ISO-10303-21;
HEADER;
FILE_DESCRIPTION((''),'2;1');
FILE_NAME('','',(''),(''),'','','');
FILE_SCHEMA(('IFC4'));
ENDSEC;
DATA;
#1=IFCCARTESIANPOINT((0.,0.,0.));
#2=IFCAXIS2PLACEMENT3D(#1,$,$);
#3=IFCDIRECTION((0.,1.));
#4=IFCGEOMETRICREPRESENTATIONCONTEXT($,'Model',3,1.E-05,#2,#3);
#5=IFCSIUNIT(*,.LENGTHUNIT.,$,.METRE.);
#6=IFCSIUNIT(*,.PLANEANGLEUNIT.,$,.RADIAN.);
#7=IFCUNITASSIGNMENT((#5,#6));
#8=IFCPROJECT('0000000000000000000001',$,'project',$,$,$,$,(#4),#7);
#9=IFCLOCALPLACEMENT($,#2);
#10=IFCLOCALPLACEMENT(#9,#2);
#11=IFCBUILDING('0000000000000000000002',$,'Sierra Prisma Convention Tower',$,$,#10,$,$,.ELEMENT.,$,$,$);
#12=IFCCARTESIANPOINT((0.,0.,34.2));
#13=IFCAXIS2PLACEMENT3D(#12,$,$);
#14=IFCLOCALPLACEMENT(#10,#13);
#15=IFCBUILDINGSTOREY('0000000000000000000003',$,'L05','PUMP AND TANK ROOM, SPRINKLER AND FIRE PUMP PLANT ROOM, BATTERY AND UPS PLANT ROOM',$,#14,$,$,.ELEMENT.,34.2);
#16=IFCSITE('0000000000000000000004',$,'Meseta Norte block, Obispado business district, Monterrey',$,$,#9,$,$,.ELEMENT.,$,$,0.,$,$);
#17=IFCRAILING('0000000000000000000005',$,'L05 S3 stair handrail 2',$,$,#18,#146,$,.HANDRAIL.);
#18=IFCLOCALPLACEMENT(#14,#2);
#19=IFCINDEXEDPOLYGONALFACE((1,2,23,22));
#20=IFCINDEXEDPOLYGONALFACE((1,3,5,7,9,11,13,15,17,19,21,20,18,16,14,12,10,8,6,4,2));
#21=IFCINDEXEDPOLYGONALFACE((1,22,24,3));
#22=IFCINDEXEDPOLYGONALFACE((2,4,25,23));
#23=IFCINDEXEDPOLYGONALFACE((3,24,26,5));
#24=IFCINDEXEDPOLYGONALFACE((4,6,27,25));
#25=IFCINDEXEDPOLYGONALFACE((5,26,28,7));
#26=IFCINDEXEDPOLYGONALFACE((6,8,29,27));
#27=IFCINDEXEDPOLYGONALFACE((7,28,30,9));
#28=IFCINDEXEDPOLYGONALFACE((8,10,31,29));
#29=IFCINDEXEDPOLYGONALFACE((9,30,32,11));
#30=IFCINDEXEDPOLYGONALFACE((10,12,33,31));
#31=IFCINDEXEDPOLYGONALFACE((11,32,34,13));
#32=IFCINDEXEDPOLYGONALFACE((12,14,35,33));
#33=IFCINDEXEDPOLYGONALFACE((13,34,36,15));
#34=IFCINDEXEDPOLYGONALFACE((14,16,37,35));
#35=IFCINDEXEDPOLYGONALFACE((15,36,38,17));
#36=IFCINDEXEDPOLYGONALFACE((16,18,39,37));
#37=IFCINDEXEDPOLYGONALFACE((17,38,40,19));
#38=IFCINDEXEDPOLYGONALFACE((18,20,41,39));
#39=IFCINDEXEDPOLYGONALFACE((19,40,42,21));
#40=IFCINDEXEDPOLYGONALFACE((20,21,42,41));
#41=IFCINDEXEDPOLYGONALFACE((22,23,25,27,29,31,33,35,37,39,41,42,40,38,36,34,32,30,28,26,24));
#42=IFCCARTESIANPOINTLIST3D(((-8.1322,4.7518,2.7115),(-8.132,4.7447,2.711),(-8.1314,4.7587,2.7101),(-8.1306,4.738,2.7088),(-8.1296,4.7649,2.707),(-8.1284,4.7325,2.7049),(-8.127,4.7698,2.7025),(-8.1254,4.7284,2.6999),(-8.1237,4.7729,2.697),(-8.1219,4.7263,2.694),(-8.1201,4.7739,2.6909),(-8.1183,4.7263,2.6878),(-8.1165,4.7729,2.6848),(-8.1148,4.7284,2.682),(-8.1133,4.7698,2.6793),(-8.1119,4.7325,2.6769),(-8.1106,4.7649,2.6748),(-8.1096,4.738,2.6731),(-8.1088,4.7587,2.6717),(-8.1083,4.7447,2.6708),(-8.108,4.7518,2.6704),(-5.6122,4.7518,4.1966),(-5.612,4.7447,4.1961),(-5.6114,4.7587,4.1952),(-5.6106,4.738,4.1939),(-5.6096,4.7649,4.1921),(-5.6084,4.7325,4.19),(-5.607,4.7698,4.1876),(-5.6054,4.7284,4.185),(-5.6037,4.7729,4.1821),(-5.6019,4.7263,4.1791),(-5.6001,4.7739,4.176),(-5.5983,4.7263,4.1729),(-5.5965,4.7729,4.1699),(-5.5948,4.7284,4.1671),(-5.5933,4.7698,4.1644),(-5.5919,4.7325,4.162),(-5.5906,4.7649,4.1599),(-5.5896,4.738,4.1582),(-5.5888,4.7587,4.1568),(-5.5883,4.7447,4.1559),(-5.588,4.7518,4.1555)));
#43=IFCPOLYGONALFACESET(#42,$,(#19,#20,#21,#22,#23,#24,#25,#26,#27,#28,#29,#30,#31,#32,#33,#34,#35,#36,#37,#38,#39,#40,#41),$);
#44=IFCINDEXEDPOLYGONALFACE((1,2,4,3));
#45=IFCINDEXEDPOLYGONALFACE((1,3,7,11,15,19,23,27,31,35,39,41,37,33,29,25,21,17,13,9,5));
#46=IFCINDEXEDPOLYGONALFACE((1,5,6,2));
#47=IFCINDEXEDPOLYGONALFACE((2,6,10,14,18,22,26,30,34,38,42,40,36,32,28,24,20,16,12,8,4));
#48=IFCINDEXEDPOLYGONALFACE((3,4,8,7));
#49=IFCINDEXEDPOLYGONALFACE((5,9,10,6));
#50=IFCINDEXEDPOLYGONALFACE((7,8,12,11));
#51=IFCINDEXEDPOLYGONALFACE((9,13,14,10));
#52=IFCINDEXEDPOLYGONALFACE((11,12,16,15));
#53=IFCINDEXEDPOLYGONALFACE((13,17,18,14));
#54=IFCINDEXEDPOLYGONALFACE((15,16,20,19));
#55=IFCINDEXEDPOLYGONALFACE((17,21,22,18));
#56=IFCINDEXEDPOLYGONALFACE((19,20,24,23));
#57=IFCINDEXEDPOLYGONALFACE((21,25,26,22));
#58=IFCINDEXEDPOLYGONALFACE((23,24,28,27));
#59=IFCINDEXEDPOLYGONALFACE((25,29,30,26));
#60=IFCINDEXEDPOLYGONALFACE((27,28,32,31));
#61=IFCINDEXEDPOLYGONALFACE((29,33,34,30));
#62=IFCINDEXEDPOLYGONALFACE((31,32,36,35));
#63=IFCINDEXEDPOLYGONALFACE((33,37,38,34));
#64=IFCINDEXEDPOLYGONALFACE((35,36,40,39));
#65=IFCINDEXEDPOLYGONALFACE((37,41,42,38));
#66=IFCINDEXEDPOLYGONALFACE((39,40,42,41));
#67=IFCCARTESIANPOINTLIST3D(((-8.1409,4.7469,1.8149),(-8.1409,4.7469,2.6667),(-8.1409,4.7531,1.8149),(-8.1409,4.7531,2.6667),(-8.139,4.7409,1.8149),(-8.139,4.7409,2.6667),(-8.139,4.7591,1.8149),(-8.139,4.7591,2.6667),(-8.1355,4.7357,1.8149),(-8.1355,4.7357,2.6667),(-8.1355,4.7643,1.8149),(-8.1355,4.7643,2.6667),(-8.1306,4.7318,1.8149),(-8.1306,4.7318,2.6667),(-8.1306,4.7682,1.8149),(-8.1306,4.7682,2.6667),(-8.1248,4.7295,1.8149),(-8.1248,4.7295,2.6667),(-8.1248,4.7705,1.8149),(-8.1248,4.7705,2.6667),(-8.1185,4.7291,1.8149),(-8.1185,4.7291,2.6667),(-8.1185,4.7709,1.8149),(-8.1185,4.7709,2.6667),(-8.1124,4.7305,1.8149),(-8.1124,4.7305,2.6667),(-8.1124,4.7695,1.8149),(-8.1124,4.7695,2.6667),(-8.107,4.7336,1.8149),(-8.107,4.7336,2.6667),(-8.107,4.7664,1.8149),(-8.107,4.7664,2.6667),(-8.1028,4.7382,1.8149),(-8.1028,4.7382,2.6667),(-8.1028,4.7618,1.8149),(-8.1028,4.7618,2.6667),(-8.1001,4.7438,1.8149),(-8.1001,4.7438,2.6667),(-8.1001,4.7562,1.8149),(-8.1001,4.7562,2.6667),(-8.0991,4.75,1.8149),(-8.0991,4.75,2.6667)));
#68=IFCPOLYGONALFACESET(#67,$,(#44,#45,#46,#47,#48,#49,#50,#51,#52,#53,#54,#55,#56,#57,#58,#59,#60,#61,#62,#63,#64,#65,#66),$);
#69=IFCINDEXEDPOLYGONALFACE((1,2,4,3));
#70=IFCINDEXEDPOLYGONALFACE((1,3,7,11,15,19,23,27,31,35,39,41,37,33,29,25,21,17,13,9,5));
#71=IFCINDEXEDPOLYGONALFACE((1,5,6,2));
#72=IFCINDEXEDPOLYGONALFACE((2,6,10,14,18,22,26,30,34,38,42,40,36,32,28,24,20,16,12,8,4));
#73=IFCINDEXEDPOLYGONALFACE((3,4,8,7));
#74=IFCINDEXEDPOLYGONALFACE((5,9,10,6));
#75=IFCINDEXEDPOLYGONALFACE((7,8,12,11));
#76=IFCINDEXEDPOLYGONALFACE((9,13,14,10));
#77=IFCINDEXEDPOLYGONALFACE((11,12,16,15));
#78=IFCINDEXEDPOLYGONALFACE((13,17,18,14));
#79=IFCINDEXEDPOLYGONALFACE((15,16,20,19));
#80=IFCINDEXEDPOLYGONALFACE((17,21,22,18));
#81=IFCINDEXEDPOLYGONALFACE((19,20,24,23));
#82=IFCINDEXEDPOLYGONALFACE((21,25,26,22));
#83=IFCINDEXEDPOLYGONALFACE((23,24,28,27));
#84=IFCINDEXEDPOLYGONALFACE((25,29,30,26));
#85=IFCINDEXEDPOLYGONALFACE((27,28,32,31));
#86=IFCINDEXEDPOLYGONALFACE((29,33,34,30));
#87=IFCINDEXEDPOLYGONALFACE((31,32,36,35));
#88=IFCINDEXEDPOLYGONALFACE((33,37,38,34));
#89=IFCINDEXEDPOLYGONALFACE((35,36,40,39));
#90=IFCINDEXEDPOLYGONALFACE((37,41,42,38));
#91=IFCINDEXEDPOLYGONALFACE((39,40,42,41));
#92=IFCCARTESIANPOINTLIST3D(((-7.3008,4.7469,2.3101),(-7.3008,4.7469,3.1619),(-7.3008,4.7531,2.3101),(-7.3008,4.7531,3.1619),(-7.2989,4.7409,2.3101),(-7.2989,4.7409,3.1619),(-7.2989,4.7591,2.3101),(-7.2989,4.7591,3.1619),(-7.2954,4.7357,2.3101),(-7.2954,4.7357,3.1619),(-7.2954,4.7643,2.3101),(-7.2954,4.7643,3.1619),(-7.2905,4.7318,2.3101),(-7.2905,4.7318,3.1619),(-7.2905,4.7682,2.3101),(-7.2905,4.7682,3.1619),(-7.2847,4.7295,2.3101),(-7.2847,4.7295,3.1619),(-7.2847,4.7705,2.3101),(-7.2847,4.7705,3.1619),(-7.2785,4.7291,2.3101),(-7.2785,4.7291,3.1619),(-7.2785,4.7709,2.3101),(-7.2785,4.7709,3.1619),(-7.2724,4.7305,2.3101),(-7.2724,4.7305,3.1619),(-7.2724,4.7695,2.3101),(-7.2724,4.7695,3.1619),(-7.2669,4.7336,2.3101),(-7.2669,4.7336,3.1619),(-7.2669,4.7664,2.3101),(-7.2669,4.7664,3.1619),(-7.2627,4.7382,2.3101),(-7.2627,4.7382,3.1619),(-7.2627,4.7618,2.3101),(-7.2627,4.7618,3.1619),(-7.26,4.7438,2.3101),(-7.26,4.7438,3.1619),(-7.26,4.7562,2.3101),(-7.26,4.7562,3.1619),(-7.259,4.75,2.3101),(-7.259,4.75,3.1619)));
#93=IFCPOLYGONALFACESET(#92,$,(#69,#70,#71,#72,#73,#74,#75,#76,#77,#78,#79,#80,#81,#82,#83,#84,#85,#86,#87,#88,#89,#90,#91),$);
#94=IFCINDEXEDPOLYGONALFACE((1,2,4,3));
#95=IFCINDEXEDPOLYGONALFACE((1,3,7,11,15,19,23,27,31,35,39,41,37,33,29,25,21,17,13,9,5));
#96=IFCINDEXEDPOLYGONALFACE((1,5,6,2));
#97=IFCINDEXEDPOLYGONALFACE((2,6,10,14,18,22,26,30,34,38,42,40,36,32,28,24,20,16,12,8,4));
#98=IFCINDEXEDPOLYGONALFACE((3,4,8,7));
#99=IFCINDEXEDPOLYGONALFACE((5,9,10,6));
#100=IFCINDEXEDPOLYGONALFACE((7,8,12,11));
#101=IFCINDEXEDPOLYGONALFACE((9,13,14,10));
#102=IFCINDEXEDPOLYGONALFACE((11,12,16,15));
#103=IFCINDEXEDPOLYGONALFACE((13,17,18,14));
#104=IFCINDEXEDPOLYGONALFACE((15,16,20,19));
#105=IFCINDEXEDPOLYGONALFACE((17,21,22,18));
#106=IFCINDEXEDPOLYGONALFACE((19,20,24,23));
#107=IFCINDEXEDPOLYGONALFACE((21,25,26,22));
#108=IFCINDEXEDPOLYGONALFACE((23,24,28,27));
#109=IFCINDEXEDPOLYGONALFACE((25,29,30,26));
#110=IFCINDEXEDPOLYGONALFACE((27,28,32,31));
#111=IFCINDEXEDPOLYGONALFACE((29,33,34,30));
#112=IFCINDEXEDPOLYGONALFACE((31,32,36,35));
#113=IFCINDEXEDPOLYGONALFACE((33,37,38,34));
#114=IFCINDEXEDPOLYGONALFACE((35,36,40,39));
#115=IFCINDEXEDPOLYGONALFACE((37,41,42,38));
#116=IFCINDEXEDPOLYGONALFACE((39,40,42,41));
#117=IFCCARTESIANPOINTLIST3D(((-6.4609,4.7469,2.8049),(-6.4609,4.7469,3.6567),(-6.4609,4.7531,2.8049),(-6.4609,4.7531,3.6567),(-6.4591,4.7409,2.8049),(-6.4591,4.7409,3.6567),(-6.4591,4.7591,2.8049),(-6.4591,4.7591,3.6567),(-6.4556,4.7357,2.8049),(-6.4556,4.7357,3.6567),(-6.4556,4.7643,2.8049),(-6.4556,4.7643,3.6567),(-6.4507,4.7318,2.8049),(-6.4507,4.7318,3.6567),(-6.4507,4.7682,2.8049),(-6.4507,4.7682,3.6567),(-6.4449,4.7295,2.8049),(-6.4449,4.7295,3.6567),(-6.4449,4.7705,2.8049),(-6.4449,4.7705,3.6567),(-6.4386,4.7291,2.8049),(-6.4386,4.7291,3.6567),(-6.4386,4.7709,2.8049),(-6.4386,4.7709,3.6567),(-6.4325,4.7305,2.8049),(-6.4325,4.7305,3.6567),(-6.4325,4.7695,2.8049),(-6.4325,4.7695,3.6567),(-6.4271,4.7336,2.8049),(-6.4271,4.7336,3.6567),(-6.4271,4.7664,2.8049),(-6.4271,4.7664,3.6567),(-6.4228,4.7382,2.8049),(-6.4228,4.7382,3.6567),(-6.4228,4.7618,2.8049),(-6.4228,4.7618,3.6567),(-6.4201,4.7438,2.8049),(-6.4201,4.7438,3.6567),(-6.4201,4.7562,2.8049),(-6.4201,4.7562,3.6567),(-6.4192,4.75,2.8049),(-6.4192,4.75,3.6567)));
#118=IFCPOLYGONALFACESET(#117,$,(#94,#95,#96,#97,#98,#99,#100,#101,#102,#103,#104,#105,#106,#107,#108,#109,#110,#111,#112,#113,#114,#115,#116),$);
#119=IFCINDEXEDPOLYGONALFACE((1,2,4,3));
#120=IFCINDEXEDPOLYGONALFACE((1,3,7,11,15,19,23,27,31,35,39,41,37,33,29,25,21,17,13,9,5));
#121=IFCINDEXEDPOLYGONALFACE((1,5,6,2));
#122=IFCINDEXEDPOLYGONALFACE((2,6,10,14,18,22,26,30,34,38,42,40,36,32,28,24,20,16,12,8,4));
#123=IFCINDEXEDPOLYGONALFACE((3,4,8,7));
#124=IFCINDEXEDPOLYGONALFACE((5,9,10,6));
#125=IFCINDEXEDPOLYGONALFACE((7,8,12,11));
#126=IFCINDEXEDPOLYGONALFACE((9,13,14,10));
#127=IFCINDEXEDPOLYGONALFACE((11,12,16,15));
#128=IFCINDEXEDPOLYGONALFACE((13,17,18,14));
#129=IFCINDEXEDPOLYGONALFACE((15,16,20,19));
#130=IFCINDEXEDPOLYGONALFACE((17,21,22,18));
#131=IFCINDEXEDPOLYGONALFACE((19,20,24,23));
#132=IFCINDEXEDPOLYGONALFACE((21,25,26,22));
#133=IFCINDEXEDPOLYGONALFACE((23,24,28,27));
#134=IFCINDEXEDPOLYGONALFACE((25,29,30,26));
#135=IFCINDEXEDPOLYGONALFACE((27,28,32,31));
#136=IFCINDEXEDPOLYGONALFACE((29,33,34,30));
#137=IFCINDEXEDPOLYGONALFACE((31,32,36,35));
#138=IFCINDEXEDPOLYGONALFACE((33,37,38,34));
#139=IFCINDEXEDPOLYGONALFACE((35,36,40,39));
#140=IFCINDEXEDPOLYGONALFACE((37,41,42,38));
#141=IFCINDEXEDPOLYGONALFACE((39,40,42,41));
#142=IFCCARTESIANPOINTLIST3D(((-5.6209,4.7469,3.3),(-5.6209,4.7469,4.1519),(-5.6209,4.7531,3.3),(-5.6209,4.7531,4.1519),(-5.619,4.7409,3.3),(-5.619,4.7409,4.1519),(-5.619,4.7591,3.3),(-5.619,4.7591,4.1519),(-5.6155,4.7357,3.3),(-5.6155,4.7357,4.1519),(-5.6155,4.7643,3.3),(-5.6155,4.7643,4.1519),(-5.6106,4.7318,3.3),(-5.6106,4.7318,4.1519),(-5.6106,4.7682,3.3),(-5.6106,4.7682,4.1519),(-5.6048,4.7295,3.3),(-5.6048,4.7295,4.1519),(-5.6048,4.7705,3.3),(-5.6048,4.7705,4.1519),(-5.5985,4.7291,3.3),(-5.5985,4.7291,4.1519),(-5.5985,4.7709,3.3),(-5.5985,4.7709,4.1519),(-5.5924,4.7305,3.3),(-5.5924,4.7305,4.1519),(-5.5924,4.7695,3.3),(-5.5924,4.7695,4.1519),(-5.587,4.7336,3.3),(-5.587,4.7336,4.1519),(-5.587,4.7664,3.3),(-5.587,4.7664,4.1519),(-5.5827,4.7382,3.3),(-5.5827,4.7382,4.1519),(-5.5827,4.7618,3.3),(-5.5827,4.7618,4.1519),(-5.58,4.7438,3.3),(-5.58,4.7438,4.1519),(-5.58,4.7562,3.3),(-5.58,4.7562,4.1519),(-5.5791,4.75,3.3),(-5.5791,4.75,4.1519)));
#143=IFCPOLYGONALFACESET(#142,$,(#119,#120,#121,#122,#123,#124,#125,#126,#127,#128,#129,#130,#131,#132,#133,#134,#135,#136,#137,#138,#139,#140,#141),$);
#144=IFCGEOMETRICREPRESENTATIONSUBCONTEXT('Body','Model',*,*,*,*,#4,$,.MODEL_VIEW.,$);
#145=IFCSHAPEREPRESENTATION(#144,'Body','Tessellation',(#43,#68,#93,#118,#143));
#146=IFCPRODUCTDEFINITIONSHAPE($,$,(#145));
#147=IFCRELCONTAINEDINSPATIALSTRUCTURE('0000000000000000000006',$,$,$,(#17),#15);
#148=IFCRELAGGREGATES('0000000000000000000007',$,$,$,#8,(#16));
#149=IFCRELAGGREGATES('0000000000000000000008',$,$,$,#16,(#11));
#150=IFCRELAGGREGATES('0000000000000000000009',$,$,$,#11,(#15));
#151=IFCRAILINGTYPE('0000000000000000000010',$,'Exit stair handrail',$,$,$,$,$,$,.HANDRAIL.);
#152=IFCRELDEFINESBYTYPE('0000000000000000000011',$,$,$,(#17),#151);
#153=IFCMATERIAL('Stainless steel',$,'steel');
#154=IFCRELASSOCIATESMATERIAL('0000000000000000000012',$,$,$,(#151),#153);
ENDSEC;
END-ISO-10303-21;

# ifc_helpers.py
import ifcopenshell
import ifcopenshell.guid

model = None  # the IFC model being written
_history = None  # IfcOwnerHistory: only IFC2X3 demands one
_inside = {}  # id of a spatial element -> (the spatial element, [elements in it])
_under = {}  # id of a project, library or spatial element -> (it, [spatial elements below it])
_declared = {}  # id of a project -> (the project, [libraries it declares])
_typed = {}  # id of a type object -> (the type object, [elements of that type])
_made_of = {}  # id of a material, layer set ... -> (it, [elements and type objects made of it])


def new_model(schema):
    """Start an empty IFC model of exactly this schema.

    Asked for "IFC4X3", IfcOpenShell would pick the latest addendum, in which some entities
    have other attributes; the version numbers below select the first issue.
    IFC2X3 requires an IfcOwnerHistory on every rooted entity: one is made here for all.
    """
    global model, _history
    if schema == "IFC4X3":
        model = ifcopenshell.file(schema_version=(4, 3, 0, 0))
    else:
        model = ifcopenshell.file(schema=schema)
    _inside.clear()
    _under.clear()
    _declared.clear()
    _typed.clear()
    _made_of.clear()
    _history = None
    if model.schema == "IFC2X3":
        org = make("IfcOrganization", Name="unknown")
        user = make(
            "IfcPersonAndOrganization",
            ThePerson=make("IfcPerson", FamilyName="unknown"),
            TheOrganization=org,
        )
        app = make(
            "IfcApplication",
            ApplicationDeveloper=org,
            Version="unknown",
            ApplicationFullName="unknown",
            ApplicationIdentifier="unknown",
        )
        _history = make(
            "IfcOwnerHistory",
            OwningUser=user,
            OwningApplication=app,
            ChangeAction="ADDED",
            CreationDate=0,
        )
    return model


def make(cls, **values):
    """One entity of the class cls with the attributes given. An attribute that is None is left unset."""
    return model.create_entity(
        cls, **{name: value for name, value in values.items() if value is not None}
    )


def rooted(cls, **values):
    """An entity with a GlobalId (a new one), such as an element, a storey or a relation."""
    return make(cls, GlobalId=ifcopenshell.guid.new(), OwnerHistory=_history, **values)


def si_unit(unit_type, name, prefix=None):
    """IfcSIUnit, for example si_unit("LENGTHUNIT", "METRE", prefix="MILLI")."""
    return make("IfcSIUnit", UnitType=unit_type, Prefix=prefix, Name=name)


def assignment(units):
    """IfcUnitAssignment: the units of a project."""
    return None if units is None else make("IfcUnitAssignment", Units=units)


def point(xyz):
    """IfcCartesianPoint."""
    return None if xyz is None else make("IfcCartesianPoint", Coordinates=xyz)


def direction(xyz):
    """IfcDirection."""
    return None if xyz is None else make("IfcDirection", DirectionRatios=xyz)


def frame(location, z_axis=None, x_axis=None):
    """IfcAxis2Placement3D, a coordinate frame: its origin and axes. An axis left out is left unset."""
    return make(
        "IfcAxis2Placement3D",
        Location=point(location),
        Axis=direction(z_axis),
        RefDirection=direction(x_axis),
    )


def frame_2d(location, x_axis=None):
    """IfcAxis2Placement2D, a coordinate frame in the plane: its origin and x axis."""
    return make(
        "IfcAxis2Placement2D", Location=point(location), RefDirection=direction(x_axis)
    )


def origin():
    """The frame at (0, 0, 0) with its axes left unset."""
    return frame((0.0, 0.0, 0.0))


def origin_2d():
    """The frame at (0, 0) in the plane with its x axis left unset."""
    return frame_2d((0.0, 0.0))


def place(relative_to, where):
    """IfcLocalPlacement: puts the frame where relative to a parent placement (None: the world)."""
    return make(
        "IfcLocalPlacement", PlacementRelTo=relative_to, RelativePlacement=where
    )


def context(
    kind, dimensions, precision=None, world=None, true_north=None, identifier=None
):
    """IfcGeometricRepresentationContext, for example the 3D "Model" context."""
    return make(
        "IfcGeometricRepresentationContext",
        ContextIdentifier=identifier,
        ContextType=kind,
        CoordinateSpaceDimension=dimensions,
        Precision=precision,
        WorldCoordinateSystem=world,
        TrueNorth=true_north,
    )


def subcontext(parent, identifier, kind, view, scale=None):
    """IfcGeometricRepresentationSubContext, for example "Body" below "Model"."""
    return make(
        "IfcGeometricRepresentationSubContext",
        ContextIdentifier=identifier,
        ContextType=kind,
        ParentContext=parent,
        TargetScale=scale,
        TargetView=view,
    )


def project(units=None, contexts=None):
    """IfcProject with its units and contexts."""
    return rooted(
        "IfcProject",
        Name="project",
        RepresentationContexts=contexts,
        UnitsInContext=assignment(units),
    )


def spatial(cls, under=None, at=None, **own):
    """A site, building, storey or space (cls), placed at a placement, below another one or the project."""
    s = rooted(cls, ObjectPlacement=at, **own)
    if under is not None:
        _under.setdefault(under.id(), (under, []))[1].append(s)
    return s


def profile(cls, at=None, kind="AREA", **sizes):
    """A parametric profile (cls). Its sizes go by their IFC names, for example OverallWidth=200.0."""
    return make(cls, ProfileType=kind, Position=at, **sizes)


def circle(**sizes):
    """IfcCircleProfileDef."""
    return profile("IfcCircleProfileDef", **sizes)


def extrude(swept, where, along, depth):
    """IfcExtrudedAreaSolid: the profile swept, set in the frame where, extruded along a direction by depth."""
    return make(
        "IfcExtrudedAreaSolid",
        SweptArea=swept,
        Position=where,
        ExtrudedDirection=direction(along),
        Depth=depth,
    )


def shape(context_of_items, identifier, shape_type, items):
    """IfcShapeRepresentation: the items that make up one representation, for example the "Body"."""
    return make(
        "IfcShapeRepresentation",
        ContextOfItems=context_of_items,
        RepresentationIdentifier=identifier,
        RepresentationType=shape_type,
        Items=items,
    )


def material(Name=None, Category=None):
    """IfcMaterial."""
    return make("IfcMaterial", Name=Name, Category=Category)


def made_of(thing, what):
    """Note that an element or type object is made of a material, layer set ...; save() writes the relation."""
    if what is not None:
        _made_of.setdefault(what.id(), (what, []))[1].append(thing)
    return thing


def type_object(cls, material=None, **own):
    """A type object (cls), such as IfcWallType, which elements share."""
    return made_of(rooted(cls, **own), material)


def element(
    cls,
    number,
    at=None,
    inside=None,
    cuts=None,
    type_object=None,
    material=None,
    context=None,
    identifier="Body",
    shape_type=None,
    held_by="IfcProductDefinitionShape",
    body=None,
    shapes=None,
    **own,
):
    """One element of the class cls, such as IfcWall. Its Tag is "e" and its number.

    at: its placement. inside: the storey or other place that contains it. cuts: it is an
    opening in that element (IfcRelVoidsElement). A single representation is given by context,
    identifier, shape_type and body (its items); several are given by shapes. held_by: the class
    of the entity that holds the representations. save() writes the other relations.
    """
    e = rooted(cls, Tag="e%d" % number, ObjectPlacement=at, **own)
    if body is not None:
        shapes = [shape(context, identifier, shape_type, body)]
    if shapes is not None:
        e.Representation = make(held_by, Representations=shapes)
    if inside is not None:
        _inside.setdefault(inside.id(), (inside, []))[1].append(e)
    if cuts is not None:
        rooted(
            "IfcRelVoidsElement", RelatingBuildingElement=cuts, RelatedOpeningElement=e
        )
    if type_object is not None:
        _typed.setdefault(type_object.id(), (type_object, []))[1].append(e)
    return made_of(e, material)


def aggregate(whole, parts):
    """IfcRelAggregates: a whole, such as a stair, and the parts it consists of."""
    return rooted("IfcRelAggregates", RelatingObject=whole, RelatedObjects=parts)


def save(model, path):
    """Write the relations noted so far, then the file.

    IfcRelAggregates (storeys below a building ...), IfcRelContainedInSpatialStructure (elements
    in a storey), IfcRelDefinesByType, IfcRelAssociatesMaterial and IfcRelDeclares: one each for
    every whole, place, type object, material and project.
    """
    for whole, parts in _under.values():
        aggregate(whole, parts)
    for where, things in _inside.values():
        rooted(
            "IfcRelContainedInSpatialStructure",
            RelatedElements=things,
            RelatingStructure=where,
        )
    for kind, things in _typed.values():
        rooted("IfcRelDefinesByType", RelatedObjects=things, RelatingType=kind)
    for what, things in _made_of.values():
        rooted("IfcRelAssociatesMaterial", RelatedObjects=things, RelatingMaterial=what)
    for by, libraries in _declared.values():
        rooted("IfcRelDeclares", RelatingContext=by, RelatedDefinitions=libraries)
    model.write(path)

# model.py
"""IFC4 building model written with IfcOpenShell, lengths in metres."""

from ifc_helpers import new_model, si_unit, direction, frame, origin, origin_2d, place, context, subcontext, project, spatial, circle, extrude, material, type_object, element, save


model = new_model("IFC4")

# Units and contexts
model_context = context("Model", 3, precision=1e-05, world=origin(), true_north=direction((0.0, 1.0)))
body_context = subcontext(model_context, "Body", "Model", "MODEL_VIEW")
ifc_project = project(units=[si_unit("LENGTHUNIT", "METRE"), si_unit("PLANEANGLEUNIT", "RADIAN")], contexts=[model_context])

# Site, building, storey
site_placement = place(None, origin())
site = spatial("IfcSite", under=ifc_project, at=site_placement, Name="Meseta Norte block, Obispado business district, Monterrey", CompositionType="ELEMENT", RefElevation=0.0)
building_placement = place(site_placement, origin())
building = spatial("IfcBuilding", under=site, at=building_placement, Name="Sierra Prisma Convention Tower", CompositionType="ELEMENT")
storey_placement = place(building_placement, frame((0.0, 0.0, 34.2)))
storey = spatial("IfcBuildingStorey", under=building, at=storey_placement, Name="L05", Description="PUMP AND TANK ROOM, SPRINKLER AND FIRE PUMP PLANT ROOM, BATTERY AND UPS PLANT ROOM", CompositionType="ELEMENT", Elevation=34.2)

# Railing
ifc_material_1 = material(Name="Stainless steel", Category="steel")
railing_type = type_object("IfcRailingType", Name="Exit stair handrail", PredefinedType="HANDRAIL", material=ifc_material_1)
for number, where, name in (
    (1, (-8.1201, 4.75, 1.8149), "L05 S3 stair handrail 2"),
):
    element("IfcRailing", number, at=place(storey_placement, frame(where)), inside=storey, type_object=railing_type, Name=name, PredefinedType="HANDRAIL", context=body_context, shape_type="SweptSolid", body=[
        extrude(circle(Radius=0.0239, at=origin_2d()), frame((0.0, 0.0, 0.876), z_axis=(0.861524, 0.0, 0.507717), x_axis=(0.0, 1.0, 0.0)), (0.0, 0.0, 1.0), 2.925),
        extrude(circle(Radius=0.021, at=origin_2d()), origin(), (0.0, 0.0, 1.0), 0.8518),
        extrude(circle(Radius=0.021, at=origin_2d()), frame((0.8401, 0.0, 0.4951)), (0.0, 0.0, 1.0), 0.8518),
        extrude(circle(Radius=0.021, at=origin_2d()), frame((1.6799, 0.0, 0.99)), (0.0, 0.0, 1.0), 0.8518),
        extrude(circle(Radius=0.021, at=origin_2d()), frame((2.52, 0.0, 1.4851)), (0.0, 0.0, 1.0), 0.8518),
    ])

save(model, "model.ifc")
